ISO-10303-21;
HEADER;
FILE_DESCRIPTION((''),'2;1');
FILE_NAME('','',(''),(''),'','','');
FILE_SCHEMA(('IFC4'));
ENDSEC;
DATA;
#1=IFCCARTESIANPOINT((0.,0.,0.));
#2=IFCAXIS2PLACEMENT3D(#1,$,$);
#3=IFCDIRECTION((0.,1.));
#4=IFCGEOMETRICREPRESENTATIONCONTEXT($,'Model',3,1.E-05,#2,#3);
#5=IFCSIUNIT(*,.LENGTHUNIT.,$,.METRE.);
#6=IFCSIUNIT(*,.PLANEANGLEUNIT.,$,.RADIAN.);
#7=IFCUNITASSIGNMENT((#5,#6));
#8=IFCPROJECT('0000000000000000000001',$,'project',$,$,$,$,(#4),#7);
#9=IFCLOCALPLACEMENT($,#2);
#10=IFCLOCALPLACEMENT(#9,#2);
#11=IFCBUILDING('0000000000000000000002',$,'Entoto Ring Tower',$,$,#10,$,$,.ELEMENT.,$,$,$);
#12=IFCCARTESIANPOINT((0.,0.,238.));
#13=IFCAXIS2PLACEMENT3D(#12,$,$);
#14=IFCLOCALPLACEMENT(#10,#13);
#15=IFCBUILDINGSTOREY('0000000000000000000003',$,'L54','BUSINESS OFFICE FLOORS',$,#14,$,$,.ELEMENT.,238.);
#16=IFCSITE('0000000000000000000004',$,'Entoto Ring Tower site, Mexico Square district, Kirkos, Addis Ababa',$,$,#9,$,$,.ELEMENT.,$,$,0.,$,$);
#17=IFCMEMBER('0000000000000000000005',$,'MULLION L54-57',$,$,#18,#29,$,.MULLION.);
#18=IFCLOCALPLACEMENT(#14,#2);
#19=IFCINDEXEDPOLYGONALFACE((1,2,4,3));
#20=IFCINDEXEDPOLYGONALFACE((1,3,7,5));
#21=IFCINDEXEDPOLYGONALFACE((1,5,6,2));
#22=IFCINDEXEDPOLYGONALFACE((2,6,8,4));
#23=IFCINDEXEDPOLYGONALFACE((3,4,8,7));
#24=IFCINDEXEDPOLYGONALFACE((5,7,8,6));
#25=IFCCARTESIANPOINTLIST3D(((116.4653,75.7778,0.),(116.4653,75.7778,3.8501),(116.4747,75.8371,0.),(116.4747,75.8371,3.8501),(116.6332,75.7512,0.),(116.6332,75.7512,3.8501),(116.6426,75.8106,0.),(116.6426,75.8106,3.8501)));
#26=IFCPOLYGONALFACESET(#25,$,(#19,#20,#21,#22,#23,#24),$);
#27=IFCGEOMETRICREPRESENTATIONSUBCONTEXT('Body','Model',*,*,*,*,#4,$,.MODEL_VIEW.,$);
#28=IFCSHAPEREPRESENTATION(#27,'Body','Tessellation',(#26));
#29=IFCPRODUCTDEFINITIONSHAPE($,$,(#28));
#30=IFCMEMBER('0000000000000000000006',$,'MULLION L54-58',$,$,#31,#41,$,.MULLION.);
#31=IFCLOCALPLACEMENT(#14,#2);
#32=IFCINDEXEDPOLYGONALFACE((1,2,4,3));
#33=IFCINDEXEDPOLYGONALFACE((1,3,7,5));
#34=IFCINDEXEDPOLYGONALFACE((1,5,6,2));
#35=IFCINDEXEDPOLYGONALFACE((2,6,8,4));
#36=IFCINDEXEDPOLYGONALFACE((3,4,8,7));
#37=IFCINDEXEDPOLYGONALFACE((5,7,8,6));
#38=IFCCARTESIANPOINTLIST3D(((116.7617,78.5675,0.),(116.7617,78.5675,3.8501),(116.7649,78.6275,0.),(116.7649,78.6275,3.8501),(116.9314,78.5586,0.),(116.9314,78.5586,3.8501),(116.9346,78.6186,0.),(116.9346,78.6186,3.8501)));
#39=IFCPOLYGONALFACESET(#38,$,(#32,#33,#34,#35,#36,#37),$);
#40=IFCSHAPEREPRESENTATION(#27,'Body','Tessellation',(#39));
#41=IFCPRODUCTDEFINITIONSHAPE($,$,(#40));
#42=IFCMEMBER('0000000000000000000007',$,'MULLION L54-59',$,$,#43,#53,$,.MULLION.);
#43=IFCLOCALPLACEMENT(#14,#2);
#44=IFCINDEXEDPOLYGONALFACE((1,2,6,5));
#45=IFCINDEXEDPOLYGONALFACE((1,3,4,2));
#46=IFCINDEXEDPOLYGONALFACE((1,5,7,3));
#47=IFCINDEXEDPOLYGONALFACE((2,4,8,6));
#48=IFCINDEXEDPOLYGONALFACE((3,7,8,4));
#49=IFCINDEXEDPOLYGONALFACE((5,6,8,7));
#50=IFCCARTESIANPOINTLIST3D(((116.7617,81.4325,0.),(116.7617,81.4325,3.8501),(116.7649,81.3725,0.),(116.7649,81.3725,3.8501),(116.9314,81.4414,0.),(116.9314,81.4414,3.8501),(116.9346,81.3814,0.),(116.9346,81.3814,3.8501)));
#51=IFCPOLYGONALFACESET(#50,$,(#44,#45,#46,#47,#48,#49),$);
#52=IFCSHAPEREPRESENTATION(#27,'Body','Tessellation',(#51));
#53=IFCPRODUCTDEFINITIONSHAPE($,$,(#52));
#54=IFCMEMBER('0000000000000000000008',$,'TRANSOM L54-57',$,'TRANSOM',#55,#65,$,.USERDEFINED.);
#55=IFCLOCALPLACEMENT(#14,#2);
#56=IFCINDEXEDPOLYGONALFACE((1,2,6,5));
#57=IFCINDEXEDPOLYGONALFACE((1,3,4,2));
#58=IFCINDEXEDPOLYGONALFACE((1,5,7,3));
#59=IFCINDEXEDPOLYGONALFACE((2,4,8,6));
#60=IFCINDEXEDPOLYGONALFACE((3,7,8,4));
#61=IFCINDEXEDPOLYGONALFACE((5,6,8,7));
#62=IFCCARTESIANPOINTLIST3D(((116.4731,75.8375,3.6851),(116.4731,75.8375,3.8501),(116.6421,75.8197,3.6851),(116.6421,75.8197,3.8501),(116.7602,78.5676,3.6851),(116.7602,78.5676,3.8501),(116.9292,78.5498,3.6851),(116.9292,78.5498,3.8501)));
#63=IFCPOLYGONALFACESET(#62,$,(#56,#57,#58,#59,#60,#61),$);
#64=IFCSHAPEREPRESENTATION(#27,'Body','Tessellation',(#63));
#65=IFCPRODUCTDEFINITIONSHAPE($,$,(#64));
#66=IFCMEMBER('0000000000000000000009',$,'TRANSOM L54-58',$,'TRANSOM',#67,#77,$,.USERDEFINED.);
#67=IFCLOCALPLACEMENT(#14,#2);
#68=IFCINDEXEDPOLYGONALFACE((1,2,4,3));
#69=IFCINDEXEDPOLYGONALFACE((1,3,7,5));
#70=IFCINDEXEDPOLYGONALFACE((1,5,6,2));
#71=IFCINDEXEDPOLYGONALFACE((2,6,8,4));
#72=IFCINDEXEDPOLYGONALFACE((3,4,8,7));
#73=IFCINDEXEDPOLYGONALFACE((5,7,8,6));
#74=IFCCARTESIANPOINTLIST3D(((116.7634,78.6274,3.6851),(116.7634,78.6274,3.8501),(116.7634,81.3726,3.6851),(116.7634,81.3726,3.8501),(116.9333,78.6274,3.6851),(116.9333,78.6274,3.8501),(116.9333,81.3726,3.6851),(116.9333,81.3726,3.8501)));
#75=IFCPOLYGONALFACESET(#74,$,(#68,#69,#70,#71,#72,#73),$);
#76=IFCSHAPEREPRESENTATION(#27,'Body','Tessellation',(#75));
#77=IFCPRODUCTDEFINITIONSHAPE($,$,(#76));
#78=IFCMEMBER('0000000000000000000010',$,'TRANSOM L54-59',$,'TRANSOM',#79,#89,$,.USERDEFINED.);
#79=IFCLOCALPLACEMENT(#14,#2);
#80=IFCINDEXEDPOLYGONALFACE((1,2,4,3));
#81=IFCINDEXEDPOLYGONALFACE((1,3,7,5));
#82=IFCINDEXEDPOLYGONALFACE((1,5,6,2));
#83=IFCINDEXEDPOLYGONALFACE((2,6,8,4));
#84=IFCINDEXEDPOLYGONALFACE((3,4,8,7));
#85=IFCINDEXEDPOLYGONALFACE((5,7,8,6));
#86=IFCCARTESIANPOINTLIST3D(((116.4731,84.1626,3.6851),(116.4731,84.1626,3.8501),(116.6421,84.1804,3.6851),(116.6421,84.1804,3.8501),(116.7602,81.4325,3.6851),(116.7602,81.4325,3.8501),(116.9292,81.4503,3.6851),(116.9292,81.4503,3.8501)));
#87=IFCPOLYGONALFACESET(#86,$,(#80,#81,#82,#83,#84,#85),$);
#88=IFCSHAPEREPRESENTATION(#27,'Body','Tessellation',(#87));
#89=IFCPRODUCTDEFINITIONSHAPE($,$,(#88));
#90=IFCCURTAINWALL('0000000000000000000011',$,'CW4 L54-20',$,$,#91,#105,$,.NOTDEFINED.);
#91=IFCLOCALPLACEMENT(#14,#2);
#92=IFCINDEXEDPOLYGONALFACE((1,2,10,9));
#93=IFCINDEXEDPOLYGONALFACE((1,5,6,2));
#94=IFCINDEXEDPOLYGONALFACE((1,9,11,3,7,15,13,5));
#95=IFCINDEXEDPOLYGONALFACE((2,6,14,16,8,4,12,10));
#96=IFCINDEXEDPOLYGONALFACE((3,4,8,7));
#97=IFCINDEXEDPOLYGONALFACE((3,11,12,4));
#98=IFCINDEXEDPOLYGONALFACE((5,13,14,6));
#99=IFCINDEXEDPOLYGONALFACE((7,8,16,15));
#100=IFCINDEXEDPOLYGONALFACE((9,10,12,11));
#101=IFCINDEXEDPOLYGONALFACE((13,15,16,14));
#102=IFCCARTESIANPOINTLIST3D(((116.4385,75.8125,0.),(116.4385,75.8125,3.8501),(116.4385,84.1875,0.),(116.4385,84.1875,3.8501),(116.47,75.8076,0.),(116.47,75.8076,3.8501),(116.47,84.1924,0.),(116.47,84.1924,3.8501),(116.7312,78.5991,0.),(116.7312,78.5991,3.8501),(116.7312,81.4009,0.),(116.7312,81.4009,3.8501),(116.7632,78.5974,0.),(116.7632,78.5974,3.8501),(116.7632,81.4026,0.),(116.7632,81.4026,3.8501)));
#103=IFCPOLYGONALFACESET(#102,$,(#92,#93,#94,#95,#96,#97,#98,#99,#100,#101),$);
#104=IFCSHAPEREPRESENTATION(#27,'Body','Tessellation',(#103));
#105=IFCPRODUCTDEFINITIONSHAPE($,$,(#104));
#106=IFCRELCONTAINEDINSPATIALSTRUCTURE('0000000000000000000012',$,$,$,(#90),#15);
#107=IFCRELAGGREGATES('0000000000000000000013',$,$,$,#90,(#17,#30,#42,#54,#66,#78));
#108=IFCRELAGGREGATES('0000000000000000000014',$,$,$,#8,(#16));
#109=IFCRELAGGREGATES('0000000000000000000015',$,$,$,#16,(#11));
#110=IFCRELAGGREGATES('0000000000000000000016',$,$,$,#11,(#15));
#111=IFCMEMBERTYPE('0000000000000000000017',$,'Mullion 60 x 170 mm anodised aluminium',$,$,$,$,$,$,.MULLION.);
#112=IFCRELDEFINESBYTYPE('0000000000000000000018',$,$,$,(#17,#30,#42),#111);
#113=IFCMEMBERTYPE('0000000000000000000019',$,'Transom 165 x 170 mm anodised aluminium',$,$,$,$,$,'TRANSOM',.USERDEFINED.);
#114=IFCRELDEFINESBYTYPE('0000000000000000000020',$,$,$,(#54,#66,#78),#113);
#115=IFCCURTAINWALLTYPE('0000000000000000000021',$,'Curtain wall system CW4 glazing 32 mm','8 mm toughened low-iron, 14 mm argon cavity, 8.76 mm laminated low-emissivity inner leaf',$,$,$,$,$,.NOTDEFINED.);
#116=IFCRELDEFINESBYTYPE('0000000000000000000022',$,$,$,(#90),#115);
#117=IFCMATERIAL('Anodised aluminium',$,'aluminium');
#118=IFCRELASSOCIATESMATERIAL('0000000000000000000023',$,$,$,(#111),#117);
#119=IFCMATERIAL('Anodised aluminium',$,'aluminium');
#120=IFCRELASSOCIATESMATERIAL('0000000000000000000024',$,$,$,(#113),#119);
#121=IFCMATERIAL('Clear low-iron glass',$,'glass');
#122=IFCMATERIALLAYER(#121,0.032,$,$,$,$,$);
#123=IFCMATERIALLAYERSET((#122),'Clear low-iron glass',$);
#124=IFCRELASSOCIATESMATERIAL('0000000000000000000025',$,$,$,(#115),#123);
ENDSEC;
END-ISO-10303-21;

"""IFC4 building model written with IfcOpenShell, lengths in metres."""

from ifc_helpers import new_model, si_unit, direction, frame, origin, origin_2d, place, context, subcontext, project, spatial, polyline, rectangle, outline, extrude, material, layer, layer_set, material_profile, profile_set, type_object, element, aggregate, save


model = new_model("IFC4")

# Units and contexts
model_context = context("Model", 3, precision=1e-05, world=origin(), true_north=direction((0.0, 1.0)))
body_context = subcontext(model_context, "Body", "Model", "MODEL_VIEW")
ifc_project = project(units=[si_unit("LENGTHUNIT", "METRE"), si_unit("PLANEANGLEUNIT", "RADIAN")], contexts=[model_context])

# Members
ifc_material_1 = material(Name="Anodised aluminium", Category="aluminium")
ifc_material_profile_1 = material_profile(ifc_material_1, rectangle(XDim=0.0601, YDim=0.1699, at=origin_2d()), Name="Mullion 60 x 170 mm anodised aluminium")
ifc_profile_set_1 = profile_set([ifc_material_profile_1], Name="Anodised aluminium")
member_type_1 = type_object("IfcMemberType", Name="Mullion 60 x 170 mm anodised aluminium", PredefinedType="MULLION", material=ifc_profile_set_1)
site_placement = place(None, origin())
building_placement = place(site_placement, origin())
storey_placement = place(building_placement, frame((0.0, 0.0, 238.0)))
member_1_placement = place(storey_placement, frame((116.554, 75.7942, 0.0), z_axis=(0.0, 0.0, 1.0), x_axis=(0.156434, 0.987688, 0.0)))
member_1 = element("IfcMember", 1, at=member_1_placement, type_object=member_type_1, Name="MULLION L54-57", PredefinedType="MULLION", context=body_context, shape_type="SweptSolid", body=[
    extrude(rectangle(XDim=0.0601, YDim=0.1699, at=origin_2d()), origin(), (0.0, 0.0, 1.0), 3.8501),
])
member_2_placement = place(storey_placement, frame((116.8481, 78.593, 0.0), z_axis=(0.0, 0.0, 1.0), x_axis=(0.052336, 0.99863, 0.0)))
member_2 = element("IfcMember", 2, at=member_2_placement, type_object=member_type_1, Name="MULLION L54-58", PredefinedType="MULLION", context=body_context, shape_type="SweptSolid", body=[
    extrude(rectangle(XDim=0.0601, YDim=0.1699, at=origin_2d()), origin(), (0.0, 0.0, 1.0), 3.8501),
])
member_3_placement = place(storey_placement, frame((116.8481, 81.407, 0.0), z_axis=(0.0, 0.0, 1.0), x_axis=(-0.052336, 0.99863, 0.0)))
member_3 = element("IfcMember", 3, at=member_3_placement, type_object=member_type_1, Name="MULLION L54-59", PredefinedType="MULLION", context=body_context, shape_type="SweptSolid", body=[
    extrude(rectangle(XDim=0.0601, YDim=0.1699, at=origin_2d()), origin(), (0.0, 0.0, 1.0), 3.8501),
])
ifc_material_2 = material(Name="Anodised aluminium", Category="aluminium")
ifc_material_profile_2 = material_profile(ifc_material_2, rectangle(XDim=0.1699, YDim=0.165, at=origin_2d()), Name="Transom 165 x 170 mm anodised aluminium")
ifc_profile_set_2 = profile_set([ifc_material_profile_2], Name="Anodised aluminium")
member_type_2 = type_object("IfcMemberType", Name="Transom 165 x 170 mm anodised aluminium", ElementType="TRANSOM", PredefinedType="USERDEFINED", material=ifc_profile_set_2)
member_4_placement = place(storey_placement, frame((116.5576, 75.8286, 3.7676), z_axis=(0.104592, 0.994515, 0.0), x_axis=(-0.994515, 0.104592, 0.0)))
member_4 = element("IfcMember", 4, at=member_4_placement, type_object=member_type_2, Name="TRANSOM L54-57", ObjectType="TRANSOM", PredefinedType="USERDEFINED", context=body_context, shape_type="SweptSolid", body=[
    extrude(rectangle(XDim=0.1699, YDim=0.165, at=origin_2d()), origin(), (0.0, 0.0, 1.0), 2.7451),
])
member_5_placement = place(storey_placement, frame((116.8484, 78.6274, 3.7676), z_axis=(0.0, 1.0, 0.0), x_axis=(-1.0, 0.0, 0.0)))
member_5 = element("IfcMember", 5, at=member_5_placement, type_object=member_type_2, Name="TRANSOM L54-58", ObjectType="TRANSOM", PredefinedType="USERDEFINED", context=body_context, shape_type="SweptSolid", body=[
    extrude(rectangle(XDim=0.1699, YDim=0.165, at=origin_2d()), origin(), (0.0, 0.0, 1.0), 2.7451),
])
member_6_placement = place(storey_placement, frame((116.8447, 81.4414, 3.7676), z_axis=(-0.104592, 0.994515, 0.0), x_axis=(-0.994515, -0.104592, 0.0)))
member_6 = element("IfcMember", 6, at=member_6_placement, type_object=member_type_2, Name="TRANSOM L54-59", ObjectType="TRANSOM", PredefinedType="USERDEFINED", context=body_context, shape_type="SweptSolid", body=[
    extrude(rectangle(XDim=0.1699, YDim=0.165, at=origin_2d()), origin(), (0.0, 0.0, 1.0), 2.7451),
])

# Site, building, storey
site = spatial("IfcSite", under=ifc_project, at=site_placement, Name="Entoto Ring Tower site, Mexico Square district, Kirkos, Addis Ababa", CompositionType="ELEMENT", RefElevation=0.0)
building = spatial("IfcBuilding", under=site, at=building_placement, Name="Entoto Ring Tower", CompositionType="ELEMENT")
storey = spatial("IfcBuildingStorey", under=building, at=storey_placement, Name="L54", Description="BUSINESS OFFICE FLOORS", CompositionType="ELEMENT", Elevation=238.0)

# Curtain wall
ifc_material_3 = material(Name="Clear low-iron glass", Category="glass")
ifc_layer = layer(ifc_material_3, 0.032)
ifc_layer_set = layer_set([ifc_layer], Name="Clear low-iron glass")
curtain_wall_type = type_object("IfcCurtainWallType", Name="Curtain wall system CW4 glazing 32 mm", Description="8 mm toughened low-iron, 14 mm argon cavity, 8.76 mm laminated low-emissivity inner leaf", PredefinedType="NOTDEFINED", material=ifc_layer_set)
curtain_wall_1_placement = place(storey_placement, origin())
curtain_wall_1 = element("IfcCurtainWall", 7, at=curtain_wall_1_placement, inside=storey, type_object=curtain_wall_type, Name="CW4 L54-20", PredefinedType="NOTDEFINED", context=body_context, shape_type="SweptSolid", body=[
    extrude(outline(polyline([(116.47, 75.8076), (116.7632, 78.5974), (116.7632, 81.4026), (116.47, 84.1924), (116.4385, 84.1875), (116.7312, 81.4009), (116.7312, 78.5991), (116.4385, 75.8125), (116.47, 75.8076)])), origin(), (0.0, 0.0, 1.0), 3.8501),
])
aggregate(curtain_wall_1, [member_1, member_2, member_3, member_4, member_5, member_6])

save(model, "model.ifc")
